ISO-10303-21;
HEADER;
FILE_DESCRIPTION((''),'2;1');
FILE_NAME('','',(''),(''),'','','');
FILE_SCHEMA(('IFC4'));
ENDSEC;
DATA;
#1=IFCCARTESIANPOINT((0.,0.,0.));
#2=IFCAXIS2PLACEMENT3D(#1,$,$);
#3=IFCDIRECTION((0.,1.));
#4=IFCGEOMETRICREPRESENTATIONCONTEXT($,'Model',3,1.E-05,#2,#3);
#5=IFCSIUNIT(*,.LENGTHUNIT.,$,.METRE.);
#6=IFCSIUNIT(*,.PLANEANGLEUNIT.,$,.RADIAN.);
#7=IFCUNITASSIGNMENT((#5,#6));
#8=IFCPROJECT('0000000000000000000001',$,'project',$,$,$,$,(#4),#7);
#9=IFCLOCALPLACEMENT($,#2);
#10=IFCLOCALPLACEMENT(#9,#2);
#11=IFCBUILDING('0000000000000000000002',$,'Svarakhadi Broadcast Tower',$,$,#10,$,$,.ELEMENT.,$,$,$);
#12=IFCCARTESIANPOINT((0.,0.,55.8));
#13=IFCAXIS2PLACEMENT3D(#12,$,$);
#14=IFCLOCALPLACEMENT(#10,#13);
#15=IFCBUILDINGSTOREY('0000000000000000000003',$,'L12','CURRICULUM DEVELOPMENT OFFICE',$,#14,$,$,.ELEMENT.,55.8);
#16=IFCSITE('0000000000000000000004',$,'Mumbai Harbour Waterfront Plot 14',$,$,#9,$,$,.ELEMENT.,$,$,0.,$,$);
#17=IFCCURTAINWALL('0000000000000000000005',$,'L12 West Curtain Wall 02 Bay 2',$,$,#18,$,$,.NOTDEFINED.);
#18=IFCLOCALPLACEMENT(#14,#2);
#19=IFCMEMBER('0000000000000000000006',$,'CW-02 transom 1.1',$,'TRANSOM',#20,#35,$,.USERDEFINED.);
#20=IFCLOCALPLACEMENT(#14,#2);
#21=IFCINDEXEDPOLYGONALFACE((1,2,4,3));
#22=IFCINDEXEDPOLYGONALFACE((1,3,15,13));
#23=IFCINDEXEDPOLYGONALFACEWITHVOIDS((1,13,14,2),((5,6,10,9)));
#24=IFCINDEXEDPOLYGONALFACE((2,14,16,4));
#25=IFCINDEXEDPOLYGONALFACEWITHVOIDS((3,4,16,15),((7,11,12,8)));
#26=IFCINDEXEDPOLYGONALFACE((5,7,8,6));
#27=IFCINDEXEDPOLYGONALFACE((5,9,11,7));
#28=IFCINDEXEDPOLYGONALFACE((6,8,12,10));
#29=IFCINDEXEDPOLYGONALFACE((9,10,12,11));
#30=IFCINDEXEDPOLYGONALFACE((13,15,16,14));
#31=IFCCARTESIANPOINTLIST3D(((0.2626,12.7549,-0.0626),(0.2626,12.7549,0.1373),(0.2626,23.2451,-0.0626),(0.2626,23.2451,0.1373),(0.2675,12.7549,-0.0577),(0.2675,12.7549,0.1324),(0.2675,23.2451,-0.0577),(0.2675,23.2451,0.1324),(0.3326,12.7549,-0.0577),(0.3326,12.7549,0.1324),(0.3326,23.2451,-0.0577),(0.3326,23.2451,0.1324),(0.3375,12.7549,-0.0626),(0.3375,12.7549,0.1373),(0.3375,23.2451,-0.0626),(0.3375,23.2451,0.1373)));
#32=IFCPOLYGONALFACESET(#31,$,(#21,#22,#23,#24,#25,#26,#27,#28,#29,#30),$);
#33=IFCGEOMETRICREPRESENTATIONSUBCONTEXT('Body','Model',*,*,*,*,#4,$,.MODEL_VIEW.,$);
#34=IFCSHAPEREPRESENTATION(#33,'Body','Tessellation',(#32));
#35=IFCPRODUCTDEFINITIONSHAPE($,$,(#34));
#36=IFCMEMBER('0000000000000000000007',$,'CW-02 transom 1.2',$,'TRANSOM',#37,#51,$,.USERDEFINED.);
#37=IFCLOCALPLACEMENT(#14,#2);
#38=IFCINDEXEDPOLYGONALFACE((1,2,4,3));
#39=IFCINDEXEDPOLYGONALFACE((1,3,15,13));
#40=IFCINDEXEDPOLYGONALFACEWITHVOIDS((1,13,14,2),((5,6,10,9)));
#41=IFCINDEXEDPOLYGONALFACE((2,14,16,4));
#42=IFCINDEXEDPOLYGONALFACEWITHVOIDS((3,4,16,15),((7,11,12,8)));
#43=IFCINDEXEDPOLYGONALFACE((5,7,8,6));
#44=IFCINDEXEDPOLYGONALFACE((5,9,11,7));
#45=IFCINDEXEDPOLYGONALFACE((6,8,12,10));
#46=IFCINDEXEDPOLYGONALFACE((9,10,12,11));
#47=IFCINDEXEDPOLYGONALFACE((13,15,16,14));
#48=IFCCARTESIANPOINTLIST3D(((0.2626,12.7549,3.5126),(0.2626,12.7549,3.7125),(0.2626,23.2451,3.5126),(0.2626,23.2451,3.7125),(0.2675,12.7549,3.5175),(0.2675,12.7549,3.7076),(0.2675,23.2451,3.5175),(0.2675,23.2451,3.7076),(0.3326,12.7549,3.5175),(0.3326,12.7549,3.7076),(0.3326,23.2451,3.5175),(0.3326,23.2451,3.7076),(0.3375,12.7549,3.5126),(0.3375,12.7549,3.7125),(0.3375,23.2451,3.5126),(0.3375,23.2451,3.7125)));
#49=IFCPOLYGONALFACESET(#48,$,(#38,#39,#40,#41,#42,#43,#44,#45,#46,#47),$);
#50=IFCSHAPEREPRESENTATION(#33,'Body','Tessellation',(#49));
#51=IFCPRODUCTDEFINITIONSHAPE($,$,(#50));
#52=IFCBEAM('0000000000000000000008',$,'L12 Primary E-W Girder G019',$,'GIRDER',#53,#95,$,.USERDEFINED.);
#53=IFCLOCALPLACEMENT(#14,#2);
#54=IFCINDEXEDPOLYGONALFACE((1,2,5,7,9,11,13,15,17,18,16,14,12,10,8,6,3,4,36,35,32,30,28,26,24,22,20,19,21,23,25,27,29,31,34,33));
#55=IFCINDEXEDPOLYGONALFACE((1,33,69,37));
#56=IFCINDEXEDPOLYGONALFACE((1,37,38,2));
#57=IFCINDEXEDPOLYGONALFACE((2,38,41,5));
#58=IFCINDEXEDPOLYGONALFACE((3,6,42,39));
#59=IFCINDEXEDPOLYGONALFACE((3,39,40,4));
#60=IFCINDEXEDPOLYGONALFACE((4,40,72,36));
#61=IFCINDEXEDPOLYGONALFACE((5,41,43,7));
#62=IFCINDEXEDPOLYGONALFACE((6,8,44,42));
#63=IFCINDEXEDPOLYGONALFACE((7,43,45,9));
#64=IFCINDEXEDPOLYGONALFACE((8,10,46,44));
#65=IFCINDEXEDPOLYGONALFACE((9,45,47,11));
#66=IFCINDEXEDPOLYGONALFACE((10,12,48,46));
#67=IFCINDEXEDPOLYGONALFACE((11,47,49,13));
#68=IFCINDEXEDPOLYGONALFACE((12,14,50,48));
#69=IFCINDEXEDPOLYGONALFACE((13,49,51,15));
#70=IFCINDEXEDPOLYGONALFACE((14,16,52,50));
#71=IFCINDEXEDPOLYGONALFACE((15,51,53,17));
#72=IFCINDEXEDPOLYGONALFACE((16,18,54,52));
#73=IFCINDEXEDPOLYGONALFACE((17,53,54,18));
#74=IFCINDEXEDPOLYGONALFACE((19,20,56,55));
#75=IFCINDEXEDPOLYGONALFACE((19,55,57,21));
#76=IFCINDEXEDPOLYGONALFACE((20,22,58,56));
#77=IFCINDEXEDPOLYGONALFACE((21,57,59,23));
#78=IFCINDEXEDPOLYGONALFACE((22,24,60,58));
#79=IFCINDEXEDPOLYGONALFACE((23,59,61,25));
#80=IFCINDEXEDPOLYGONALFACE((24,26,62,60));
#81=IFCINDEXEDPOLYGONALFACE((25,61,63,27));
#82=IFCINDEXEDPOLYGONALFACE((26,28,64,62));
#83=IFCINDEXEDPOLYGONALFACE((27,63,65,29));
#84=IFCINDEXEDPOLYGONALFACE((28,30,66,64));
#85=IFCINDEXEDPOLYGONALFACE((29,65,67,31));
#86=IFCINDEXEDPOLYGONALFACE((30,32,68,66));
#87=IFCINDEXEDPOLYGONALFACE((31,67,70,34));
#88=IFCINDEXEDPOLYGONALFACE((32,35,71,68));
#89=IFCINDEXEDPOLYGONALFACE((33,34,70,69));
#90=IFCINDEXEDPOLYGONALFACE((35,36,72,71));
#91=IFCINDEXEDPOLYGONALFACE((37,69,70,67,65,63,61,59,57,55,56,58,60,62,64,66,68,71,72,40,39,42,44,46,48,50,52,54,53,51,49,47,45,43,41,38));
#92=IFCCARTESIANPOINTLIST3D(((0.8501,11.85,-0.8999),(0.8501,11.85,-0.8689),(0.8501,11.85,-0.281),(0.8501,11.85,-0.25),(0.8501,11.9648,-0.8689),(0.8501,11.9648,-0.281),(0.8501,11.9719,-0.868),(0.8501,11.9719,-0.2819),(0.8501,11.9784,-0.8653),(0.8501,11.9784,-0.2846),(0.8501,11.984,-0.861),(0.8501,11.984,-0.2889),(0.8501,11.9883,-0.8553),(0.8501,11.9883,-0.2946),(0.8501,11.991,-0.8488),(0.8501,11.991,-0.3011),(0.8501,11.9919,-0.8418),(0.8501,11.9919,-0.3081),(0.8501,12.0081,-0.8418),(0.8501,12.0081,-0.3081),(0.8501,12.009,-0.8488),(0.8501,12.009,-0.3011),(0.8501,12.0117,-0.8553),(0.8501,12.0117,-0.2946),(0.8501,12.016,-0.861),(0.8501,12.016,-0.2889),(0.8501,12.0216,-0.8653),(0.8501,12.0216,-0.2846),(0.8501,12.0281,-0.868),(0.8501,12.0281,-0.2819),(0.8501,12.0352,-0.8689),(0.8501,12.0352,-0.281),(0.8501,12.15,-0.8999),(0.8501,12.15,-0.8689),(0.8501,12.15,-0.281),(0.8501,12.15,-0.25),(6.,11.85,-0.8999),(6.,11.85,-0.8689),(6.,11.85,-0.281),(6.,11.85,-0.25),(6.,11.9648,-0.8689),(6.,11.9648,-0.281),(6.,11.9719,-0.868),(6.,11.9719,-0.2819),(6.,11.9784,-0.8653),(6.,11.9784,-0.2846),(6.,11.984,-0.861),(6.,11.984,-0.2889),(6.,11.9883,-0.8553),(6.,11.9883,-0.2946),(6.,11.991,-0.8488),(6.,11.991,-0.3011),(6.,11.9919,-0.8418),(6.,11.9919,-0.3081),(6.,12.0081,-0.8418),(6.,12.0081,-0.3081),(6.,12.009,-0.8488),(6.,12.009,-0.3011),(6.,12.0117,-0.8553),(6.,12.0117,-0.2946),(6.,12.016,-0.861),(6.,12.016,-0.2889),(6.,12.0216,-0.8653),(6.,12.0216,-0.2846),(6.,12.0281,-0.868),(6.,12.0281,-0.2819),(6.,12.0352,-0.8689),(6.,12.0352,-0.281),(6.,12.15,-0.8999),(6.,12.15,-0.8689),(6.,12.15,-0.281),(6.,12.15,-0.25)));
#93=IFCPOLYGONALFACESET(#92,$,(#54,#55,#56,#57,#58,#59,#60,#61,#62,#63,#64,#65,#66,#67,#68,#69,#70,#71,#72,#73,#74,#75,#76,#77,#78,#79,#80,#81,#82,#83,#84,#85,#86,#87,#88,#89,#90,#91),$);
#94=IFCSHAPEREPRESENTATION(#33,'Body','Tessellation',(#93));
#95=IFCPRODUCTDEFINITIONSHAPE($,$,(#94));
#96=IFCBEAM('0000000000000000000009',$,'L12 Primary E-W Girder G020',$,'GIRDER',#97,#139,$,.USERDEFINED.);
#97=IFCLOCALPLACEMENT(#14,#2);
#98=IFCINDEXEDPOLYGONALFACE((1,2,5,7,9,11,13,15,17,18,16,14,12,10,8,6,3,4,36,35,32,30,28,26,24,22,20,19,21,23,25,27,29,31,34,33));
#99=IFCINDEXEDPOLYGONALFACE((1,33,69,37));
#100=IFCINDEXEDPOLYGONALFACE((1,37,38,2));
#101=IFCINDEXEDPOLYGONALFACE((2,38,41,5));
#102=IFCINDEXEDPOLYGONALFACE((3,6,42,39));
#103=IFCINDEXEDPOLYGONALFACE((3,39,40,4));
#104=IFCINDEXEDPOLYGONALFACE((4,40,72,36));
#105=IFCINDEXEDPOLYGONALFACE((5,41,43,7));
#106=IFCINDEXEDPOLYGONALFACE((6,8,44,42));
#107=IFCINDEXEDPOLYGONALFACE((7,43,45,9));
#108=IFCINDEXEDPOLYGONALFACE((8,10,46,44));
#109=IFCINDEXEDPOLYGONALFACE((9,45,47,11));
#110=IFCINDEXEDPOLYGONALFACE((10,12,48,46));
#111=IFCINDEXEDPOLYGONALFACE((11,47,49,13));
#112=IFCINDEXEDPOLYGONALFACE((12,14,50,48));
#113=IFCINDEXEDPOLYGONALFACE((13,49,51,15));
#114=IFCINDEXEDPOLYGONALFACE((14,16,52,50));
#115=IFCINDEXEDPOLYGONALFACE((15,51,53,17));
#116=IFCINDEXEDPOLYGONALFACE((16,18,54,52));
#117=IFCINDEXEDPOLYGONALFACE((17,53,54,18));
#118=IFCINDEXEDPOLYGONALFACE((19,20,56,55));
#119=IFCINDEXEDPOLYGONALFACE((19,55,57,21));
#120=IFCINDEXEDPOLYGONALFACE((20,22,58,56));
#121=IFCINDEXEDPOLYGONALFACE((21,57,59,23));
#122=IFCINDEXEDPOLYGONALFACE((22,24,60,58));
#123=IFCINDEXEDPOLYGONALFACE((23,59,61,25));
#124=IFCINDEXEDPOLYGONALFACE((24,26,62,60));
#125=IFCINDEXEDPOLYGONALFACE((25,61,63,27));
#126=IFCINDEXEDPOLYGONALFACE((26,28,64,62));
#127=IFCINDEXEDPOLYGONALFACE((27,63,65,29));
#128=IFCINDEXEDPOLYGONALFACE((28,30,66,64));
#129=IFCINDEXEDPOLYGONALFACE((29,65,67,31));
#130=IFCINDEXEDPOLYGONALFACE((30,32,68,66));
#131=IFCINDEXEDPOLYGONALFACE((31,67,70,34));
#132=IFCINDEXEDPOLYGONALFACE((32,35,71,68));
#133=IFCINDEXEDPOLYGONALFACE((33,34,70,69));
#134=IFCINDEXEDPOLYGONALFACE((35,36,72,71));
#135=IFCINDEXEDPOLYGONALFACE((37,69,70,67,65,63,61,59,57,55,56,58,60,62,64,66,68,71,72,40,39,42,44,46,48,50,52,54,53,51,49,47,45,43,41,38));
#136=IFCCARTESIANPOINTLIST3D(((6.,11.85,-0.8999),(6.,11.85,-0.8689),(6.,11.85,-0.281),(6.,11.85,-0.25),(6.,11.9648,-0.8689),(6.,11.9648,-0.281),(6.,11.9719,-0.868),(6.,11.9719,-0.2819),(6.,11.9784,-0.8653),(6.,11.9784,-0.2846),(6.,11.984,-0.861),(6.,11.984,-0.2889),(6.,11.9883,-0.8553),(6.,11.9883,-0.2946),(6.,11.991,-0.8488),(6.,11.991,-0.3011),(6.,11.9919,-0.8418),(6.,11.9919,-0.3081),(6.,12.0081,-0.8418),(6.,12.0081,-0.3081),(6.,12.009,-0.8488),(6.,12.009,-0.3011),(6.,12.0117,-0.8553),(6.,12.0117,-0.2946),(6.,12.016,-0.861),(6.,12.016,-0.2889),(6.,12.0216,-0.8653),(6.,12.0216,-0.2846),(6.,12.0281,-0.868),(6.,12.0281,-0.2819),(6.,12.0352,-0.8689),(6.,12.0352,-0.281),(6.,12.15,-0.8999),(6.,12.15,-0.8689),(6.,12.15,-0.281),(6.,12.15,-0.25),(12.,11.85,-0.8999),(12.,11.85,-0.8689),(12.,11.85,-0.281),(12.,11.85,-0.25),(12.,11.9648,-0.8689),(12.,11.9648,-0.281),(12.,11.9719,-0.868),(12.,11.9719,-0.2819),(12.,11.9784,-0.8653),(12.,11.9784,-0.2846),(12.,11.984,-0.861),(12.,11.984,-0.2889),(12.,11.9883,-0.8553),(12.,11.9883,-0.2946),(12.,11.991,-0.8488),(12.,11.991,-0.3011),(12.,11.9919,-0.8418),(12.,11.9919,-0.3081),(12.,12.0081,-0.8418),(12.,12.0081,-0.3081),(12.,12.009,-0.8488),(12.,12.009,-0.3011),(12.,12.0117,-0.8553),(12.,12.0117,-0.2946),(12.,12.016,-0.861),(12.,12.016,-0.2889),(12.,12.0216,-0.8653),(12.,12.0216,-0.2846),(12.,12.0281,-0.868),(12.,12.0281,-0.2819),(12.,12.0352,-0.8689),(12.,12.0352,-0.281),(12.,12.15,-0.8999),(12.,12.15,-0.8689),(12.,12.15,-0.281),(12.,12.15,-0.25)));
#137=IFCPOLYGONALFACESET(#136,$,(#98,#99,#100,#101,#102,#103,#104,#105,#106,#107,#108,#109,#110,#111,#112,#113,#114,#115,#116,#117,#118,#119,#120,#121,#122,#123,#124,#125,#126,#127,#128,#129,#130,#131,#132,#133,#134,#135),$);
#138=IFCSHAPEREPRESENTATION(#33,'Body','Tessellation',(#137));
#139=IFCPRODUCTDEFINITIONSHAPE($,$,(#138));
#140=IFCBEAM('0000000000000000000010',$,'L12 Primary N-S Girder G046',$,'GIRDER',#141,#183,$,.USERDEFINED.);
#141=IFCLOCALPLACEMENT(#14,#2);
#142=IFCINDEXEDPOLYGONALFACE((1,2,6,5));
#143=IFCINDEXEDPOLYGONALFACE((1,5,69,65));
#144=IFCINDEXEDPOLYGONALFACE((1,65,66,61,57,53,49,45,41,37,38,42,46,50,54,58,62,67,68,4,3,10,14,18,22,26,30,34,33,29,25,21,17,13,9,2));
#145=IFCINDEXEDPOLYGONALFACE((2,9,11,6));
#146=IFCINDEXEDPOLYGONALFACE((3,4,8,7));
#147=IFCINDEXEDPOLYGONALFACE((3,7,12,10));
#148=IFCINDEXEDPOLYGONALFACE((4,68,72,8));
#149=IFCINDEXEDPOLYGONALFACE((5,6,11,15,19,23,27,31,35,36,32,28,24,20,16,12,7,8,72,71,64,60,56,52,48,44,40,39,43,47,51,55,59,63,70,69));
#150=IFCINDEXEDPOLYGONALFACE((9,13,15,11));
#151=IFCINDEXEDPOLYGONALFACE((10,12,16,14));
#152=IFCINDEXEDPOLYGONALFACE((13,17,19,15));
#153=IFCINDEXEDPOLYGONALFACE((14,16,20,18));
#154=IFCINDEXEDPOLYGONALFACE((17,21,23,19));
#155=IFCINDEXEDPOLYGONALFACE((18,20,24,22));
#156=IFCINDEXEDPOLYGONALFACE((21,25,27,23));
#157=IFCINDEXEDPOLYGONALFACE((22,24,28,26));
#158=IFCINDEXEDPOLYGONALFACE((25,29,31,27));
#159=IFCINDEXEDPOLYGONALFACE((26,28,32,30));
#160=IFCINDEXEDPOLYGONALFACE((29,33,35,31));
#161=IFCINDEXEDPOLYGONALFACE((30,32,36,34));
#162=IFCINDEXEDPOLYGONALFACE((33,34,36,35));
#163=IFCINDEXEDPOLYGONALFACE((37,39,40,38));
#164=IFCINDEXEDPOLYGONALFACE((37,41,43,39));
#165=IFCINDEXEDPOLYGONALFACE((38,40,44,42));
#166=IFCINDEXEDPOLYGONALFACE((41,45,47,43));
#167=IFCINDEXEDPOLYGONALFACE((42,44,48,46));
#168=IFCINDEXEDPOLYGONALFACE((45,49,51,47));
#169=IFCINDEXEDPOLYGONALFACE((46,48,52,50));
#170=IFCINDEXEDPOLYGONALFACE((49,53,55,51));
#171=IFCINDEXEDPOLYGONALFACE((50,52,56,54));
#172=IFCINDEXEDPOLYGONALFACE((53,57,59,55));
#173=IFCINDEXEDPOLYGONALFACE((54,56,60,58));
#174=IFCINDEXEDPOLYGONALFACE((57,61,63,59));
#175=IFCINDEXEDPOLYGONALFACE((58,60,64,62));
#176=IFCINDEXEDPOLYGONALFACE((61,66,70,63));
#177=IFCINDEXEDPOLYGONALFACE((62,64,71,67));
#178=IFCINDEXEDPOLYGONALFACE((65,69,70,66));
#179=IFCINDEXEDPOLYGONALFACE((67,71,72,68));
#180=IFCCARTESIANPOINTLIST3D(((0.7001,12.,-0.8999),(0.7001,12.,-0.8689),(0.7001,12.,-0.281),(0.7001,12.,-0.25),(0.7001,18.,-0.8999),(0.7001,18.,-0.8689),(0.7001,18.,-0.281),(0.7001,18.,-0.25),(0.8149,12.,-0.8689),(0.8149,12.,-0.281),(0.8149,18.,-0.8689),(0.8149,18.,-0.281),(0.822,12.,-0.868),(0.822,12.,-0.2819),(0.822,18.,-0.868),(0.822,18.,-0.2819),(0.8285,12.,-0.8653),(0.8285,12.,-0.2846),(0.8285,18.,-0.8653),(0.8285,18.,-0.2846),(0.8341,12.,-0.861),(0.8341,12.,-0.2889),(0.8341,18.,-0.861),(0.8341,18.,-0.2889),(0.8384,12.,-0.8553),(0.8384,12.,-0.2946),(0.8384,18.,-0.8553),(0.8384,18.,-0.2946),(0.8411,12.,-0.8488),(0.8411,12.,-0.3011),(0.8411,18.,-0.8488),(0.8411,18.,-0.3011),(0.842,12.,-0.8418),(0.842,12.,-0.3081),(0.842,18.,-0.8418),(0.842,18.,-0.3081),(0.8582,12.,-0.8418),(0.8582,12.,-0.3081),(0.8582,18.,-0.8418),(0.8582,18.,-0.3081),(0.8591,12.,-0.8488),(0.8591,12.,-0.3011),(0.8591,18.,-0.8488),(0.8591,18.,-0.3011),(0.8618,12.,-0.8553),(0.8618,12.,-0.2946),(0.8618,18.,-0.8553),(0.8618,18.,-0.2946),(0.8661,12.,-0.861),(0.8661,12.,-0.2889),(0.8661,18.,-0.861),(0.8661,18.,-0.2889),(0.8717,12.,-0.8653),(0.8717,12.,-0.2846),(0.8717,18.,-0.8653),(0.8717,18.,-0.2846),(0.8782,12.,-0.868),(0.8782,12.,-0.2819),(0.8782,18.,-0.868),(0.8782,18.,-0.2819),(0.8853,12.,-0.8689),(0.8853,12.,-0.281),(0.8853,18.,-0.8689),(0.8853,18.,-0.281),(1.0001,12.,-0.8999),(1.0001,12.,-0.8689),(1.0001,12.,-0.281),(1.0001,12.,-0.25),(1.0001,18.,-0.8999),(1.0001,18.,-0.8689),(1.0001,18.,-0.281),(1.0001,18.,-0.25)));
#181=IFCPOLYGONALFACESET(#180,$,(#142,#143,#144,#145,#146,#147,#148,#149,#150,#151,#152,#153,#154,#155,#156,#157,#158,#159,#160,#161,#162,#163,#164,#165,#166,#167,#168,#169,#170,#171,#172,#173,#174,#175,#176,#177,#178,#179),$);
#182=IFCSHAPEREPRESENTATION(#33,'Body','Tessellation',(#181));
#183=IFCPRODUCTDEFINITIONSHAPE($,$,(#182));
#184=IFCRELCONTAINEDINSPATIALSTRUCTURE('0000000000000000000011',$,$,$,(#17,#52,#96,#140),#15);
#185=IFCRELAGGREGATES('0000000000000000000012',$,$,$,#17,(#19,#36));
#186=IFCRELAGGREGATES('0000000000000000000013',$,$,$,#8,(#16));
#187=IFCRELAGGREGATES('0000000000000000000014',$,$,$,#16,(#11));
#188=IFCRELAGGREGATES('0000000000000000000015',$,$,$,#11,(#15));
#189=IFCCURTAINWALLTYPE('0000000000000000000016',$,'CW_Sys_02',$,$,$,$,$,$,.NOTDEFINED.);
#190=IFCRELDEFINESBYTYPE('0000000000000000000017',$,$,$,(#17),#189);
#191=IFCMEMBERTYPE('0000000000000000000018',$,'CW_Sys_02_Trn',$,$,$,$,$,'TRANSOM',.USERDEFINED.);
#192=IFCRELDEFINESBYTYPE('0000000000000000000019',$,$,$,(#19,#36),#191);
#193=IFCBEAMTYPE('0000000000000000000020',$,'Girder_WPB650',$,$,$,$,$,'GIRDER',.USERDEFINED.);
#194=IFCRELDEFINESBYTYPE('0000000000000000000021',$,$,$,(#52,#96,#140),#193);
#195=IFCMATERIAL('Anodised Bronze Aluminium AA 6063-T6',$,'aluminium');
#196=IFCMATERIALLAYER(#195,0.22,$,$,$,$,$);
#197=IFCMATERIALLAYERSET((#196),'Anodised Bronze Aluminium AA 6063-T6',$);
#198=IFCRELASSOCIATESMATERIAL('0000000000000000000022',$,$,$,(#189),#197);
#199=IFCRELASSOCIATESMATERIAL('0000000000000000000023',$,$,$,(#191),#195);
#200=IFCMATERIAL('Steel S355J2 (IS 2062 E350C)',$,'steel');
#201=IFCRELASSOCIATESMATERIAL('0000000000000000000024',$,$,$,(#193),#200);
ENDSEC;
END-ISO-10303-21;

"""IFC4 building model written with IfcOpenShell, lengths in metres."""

from ifc_helpers import new_model, si_unit, direction, frame, origin, origin_2d, place, context, subcontext, project, spatial, hollow_rectangle, i_section, extrude, material, layer, layer_set, material_profile, profile_set, type_object, element, aggregate, save


model = new_model("IFC4")

# Units and contexts
model_context = context("Model", 3, precision=1e-05, world=origin(), true_north=direction((0.0, 1.0)))
body_context = subcontext(model_context, "Body", "Model", "MODEL_VIEW")
ifc_project = project(units=[si_unit("LENGTHUNIT", "METRE"), si_unit("PLANEANGLEUNIT", "RADIAN")], contexts=[model_context])

# Site, building, storey
site_placement = place(None, origin())
site = spatial("IfcSite", under=ifc_project, at=site_placement, Name="Mumbai Harbour Waterfront Plot 14", CompositionType="ELEMENT", RefElevation=0.0)
building_placement = place(site_placement, origin())
building = spatial("IfcBuilding", under=site, at=building_placement, Name="Svarakhadi Broadcast Tower", CompositionType="ELEMENT")
storey_placement = place(building_placement, frame((0.0, 0.0, 55.8)))
storey = spatial("IfcBuildingStorey", under=building, at=storey_placement, Name="L12", Description="CURRICULUM DEVELOPMENT OFFICE", CompositionType="ELEMENT", Elevation=55.8)

# Shared definitions
ifc_material_1 = material(Name="Steel S355J2 (IS 2062 E350C)", Category="steel")

# Shared definitions
ifc_material_2 = material(Name="Anodised Bronze Aluminium AA 6063-T6", Category="aluminium")
ifc_layer_1 = layer(ifc_material_2, 0.22)
ifc_layer_set_1 = layer_set([ifc_layer_1], Name="Anodised Bronze Aluminium AA 6063-T6")
curtain_wall_type = type_object("IfcCurtainWallType", Name="CW_Sys_02", PredefinedType="NOTDEFINED", material=ifc_layer_set_1)

# Curtain wall, members
curtain_wall_1_placement = place(storey_placement, origin())
curtain_wall_1 = element("IfcCurtainWall", 1, at=curtain_wall_1_placement, inside=storey, type_object=curtain_wall_type, Name="L12 West Curtain Wall 02 Bay 2", PredefinedType="NOTDEFINED")
ifc_material_profile_1 = material_profile(ifc_material_2, hollow_rectangle(XDim=0.075, YDim=0.2, WallThickness=0.0049, at=origin_2d()), Name="ALU TRANSOM 200x75x5")
ifc_profile_set_1 = profile_set([ifc_material_profile_1], Name="Anodised Bronze Aluminium AA 6063-T6")
member_type_1 = type_object("IfcMemberType", Name="CW_Sys_02_Trn", ElementType="TRANSOM", PredefinedType="USERDEFINED", material=ifc_profile_set_1)
member_1_placement = place(storey_placement, frame((0.3, 12.7549, 0.0374), z_axis=(0.0, 1.0, 0.0), x_axis=(-1.0, 0.0, 0.0)))
member_1 = element("IfcMember", 2, at=member_1_placement, type_object=member_type_1, Name="CW-02 transom 1.1", ObjectType="TRANSOM", PredefinedType="USERDEFINED", context=body_context, shape_type="SweptSolid", body=[
    extrude(hollow_rectangle(XDim=0.075, YDim=0.2, WallThickness=0.0049, at=origin_2d()), origin(), (0.0, 0.0, 1.0), 10.4902),
])
member_2_placement = place(storey_placement, frame((0.3, 12.7549, 3.6125), z_axis=(0.0, 1.0, 0.0), x_axis=(-1.0, 0.0, 0.0)))
member_2 = element("IfcMember", 3, at=member_2_placement, type_object=member_type_1, Name="CW-02 transom 1.2", ObjectType="TRANSOM", PredefinedType="USERDEFINED", context=body_context, shape_type="SweptSolid", body=[
    extrude(hollow_rectangle(XDim=0.075, YDim=0.2, WallThickness=0.0049, at=origin_2d()), origin(), (0.0, 0.0, 1.0), 10.4902),
])
aggregate(curtain_wall_1, [member_1, member_2])

# Beams
ifc_material_profile_2 = material_profile(ifc_material_1, i_section(OverallWidth=0.3, OverallDepth=0.6499, WebThickness=0.0161, FlangeThickness=0.031, FilletRadius=0.0271, at=origin_2d()), Name="WPB 650x300x225")
ifc_profile_set_2 = profile_set([ifc_material_profile_2], Name="Steel S355J2 (IS 2062 E350C)")
beam_type_1 = type_object("IfcBeamType", Name="Girder_WPB650", ElementType="GIRDER", PredefinedType="USERDEFINED", material=ifc_profile_set_2)
beam_placement = place(storey_placement, frame((0.8501, 12.0, -0.575), z_axis=(1.0, 0.0, 0.0), x_axis=(0.0, 1.0, 0.0)))
element("IfcBeam", 4, at=beam_placement, inside=storey, type_object=beam_type_1, Name="L12 Primary E-W Girder G019", ObjectType="GIRDER", PredefinedType="USERDEFINED", context=body_context, shape_type="SweptSolid", body=[
    extrude(i_section(OverallWidth=0.3, OverallDepth=0.6499, WebThickness=0.0161, FlangeThickness=0.031, FilletRadius=0.0271, at=origin_2d()), origin(), (0.0, 0.0, 1.0), 5.1499),
])
for number, where, z_axis, x_axis, name in (
    (5, (6.0, 12.0, -0.575), (1.0, 0.0, 0.0), (0.0, 1.0, 0.0), "L12 Primary E-W Girder G020"),
    (6, (0.8501, 12.0, -0.575), (0.0, 1.0, 0.0), (-1.0, 0.0, 0.0), "L12 Primary N-S Girder G046"),
):
    element("IfcBeam", number, at=place(storey_placement, frame(where, z_axis=z_axis, x_axis=x_axis)), inside=storey, type_object=beam_type_1, Name=name, ObjectType="GIRDER", PredefinedType="USERDEFINED", context=body_context, shape_type="SweptSolid", body=[
        extrude(i_section(OverallWidth=0.3, OverallDepth=0.6499, WebThickness=0.0161, FlangeThickness=0.031, FilletRadius=0.0271, at=origin_2d()), origin(), (0.0, 0.0, 1.0), 6.0),
    ])

save(model, "model.ifc")
